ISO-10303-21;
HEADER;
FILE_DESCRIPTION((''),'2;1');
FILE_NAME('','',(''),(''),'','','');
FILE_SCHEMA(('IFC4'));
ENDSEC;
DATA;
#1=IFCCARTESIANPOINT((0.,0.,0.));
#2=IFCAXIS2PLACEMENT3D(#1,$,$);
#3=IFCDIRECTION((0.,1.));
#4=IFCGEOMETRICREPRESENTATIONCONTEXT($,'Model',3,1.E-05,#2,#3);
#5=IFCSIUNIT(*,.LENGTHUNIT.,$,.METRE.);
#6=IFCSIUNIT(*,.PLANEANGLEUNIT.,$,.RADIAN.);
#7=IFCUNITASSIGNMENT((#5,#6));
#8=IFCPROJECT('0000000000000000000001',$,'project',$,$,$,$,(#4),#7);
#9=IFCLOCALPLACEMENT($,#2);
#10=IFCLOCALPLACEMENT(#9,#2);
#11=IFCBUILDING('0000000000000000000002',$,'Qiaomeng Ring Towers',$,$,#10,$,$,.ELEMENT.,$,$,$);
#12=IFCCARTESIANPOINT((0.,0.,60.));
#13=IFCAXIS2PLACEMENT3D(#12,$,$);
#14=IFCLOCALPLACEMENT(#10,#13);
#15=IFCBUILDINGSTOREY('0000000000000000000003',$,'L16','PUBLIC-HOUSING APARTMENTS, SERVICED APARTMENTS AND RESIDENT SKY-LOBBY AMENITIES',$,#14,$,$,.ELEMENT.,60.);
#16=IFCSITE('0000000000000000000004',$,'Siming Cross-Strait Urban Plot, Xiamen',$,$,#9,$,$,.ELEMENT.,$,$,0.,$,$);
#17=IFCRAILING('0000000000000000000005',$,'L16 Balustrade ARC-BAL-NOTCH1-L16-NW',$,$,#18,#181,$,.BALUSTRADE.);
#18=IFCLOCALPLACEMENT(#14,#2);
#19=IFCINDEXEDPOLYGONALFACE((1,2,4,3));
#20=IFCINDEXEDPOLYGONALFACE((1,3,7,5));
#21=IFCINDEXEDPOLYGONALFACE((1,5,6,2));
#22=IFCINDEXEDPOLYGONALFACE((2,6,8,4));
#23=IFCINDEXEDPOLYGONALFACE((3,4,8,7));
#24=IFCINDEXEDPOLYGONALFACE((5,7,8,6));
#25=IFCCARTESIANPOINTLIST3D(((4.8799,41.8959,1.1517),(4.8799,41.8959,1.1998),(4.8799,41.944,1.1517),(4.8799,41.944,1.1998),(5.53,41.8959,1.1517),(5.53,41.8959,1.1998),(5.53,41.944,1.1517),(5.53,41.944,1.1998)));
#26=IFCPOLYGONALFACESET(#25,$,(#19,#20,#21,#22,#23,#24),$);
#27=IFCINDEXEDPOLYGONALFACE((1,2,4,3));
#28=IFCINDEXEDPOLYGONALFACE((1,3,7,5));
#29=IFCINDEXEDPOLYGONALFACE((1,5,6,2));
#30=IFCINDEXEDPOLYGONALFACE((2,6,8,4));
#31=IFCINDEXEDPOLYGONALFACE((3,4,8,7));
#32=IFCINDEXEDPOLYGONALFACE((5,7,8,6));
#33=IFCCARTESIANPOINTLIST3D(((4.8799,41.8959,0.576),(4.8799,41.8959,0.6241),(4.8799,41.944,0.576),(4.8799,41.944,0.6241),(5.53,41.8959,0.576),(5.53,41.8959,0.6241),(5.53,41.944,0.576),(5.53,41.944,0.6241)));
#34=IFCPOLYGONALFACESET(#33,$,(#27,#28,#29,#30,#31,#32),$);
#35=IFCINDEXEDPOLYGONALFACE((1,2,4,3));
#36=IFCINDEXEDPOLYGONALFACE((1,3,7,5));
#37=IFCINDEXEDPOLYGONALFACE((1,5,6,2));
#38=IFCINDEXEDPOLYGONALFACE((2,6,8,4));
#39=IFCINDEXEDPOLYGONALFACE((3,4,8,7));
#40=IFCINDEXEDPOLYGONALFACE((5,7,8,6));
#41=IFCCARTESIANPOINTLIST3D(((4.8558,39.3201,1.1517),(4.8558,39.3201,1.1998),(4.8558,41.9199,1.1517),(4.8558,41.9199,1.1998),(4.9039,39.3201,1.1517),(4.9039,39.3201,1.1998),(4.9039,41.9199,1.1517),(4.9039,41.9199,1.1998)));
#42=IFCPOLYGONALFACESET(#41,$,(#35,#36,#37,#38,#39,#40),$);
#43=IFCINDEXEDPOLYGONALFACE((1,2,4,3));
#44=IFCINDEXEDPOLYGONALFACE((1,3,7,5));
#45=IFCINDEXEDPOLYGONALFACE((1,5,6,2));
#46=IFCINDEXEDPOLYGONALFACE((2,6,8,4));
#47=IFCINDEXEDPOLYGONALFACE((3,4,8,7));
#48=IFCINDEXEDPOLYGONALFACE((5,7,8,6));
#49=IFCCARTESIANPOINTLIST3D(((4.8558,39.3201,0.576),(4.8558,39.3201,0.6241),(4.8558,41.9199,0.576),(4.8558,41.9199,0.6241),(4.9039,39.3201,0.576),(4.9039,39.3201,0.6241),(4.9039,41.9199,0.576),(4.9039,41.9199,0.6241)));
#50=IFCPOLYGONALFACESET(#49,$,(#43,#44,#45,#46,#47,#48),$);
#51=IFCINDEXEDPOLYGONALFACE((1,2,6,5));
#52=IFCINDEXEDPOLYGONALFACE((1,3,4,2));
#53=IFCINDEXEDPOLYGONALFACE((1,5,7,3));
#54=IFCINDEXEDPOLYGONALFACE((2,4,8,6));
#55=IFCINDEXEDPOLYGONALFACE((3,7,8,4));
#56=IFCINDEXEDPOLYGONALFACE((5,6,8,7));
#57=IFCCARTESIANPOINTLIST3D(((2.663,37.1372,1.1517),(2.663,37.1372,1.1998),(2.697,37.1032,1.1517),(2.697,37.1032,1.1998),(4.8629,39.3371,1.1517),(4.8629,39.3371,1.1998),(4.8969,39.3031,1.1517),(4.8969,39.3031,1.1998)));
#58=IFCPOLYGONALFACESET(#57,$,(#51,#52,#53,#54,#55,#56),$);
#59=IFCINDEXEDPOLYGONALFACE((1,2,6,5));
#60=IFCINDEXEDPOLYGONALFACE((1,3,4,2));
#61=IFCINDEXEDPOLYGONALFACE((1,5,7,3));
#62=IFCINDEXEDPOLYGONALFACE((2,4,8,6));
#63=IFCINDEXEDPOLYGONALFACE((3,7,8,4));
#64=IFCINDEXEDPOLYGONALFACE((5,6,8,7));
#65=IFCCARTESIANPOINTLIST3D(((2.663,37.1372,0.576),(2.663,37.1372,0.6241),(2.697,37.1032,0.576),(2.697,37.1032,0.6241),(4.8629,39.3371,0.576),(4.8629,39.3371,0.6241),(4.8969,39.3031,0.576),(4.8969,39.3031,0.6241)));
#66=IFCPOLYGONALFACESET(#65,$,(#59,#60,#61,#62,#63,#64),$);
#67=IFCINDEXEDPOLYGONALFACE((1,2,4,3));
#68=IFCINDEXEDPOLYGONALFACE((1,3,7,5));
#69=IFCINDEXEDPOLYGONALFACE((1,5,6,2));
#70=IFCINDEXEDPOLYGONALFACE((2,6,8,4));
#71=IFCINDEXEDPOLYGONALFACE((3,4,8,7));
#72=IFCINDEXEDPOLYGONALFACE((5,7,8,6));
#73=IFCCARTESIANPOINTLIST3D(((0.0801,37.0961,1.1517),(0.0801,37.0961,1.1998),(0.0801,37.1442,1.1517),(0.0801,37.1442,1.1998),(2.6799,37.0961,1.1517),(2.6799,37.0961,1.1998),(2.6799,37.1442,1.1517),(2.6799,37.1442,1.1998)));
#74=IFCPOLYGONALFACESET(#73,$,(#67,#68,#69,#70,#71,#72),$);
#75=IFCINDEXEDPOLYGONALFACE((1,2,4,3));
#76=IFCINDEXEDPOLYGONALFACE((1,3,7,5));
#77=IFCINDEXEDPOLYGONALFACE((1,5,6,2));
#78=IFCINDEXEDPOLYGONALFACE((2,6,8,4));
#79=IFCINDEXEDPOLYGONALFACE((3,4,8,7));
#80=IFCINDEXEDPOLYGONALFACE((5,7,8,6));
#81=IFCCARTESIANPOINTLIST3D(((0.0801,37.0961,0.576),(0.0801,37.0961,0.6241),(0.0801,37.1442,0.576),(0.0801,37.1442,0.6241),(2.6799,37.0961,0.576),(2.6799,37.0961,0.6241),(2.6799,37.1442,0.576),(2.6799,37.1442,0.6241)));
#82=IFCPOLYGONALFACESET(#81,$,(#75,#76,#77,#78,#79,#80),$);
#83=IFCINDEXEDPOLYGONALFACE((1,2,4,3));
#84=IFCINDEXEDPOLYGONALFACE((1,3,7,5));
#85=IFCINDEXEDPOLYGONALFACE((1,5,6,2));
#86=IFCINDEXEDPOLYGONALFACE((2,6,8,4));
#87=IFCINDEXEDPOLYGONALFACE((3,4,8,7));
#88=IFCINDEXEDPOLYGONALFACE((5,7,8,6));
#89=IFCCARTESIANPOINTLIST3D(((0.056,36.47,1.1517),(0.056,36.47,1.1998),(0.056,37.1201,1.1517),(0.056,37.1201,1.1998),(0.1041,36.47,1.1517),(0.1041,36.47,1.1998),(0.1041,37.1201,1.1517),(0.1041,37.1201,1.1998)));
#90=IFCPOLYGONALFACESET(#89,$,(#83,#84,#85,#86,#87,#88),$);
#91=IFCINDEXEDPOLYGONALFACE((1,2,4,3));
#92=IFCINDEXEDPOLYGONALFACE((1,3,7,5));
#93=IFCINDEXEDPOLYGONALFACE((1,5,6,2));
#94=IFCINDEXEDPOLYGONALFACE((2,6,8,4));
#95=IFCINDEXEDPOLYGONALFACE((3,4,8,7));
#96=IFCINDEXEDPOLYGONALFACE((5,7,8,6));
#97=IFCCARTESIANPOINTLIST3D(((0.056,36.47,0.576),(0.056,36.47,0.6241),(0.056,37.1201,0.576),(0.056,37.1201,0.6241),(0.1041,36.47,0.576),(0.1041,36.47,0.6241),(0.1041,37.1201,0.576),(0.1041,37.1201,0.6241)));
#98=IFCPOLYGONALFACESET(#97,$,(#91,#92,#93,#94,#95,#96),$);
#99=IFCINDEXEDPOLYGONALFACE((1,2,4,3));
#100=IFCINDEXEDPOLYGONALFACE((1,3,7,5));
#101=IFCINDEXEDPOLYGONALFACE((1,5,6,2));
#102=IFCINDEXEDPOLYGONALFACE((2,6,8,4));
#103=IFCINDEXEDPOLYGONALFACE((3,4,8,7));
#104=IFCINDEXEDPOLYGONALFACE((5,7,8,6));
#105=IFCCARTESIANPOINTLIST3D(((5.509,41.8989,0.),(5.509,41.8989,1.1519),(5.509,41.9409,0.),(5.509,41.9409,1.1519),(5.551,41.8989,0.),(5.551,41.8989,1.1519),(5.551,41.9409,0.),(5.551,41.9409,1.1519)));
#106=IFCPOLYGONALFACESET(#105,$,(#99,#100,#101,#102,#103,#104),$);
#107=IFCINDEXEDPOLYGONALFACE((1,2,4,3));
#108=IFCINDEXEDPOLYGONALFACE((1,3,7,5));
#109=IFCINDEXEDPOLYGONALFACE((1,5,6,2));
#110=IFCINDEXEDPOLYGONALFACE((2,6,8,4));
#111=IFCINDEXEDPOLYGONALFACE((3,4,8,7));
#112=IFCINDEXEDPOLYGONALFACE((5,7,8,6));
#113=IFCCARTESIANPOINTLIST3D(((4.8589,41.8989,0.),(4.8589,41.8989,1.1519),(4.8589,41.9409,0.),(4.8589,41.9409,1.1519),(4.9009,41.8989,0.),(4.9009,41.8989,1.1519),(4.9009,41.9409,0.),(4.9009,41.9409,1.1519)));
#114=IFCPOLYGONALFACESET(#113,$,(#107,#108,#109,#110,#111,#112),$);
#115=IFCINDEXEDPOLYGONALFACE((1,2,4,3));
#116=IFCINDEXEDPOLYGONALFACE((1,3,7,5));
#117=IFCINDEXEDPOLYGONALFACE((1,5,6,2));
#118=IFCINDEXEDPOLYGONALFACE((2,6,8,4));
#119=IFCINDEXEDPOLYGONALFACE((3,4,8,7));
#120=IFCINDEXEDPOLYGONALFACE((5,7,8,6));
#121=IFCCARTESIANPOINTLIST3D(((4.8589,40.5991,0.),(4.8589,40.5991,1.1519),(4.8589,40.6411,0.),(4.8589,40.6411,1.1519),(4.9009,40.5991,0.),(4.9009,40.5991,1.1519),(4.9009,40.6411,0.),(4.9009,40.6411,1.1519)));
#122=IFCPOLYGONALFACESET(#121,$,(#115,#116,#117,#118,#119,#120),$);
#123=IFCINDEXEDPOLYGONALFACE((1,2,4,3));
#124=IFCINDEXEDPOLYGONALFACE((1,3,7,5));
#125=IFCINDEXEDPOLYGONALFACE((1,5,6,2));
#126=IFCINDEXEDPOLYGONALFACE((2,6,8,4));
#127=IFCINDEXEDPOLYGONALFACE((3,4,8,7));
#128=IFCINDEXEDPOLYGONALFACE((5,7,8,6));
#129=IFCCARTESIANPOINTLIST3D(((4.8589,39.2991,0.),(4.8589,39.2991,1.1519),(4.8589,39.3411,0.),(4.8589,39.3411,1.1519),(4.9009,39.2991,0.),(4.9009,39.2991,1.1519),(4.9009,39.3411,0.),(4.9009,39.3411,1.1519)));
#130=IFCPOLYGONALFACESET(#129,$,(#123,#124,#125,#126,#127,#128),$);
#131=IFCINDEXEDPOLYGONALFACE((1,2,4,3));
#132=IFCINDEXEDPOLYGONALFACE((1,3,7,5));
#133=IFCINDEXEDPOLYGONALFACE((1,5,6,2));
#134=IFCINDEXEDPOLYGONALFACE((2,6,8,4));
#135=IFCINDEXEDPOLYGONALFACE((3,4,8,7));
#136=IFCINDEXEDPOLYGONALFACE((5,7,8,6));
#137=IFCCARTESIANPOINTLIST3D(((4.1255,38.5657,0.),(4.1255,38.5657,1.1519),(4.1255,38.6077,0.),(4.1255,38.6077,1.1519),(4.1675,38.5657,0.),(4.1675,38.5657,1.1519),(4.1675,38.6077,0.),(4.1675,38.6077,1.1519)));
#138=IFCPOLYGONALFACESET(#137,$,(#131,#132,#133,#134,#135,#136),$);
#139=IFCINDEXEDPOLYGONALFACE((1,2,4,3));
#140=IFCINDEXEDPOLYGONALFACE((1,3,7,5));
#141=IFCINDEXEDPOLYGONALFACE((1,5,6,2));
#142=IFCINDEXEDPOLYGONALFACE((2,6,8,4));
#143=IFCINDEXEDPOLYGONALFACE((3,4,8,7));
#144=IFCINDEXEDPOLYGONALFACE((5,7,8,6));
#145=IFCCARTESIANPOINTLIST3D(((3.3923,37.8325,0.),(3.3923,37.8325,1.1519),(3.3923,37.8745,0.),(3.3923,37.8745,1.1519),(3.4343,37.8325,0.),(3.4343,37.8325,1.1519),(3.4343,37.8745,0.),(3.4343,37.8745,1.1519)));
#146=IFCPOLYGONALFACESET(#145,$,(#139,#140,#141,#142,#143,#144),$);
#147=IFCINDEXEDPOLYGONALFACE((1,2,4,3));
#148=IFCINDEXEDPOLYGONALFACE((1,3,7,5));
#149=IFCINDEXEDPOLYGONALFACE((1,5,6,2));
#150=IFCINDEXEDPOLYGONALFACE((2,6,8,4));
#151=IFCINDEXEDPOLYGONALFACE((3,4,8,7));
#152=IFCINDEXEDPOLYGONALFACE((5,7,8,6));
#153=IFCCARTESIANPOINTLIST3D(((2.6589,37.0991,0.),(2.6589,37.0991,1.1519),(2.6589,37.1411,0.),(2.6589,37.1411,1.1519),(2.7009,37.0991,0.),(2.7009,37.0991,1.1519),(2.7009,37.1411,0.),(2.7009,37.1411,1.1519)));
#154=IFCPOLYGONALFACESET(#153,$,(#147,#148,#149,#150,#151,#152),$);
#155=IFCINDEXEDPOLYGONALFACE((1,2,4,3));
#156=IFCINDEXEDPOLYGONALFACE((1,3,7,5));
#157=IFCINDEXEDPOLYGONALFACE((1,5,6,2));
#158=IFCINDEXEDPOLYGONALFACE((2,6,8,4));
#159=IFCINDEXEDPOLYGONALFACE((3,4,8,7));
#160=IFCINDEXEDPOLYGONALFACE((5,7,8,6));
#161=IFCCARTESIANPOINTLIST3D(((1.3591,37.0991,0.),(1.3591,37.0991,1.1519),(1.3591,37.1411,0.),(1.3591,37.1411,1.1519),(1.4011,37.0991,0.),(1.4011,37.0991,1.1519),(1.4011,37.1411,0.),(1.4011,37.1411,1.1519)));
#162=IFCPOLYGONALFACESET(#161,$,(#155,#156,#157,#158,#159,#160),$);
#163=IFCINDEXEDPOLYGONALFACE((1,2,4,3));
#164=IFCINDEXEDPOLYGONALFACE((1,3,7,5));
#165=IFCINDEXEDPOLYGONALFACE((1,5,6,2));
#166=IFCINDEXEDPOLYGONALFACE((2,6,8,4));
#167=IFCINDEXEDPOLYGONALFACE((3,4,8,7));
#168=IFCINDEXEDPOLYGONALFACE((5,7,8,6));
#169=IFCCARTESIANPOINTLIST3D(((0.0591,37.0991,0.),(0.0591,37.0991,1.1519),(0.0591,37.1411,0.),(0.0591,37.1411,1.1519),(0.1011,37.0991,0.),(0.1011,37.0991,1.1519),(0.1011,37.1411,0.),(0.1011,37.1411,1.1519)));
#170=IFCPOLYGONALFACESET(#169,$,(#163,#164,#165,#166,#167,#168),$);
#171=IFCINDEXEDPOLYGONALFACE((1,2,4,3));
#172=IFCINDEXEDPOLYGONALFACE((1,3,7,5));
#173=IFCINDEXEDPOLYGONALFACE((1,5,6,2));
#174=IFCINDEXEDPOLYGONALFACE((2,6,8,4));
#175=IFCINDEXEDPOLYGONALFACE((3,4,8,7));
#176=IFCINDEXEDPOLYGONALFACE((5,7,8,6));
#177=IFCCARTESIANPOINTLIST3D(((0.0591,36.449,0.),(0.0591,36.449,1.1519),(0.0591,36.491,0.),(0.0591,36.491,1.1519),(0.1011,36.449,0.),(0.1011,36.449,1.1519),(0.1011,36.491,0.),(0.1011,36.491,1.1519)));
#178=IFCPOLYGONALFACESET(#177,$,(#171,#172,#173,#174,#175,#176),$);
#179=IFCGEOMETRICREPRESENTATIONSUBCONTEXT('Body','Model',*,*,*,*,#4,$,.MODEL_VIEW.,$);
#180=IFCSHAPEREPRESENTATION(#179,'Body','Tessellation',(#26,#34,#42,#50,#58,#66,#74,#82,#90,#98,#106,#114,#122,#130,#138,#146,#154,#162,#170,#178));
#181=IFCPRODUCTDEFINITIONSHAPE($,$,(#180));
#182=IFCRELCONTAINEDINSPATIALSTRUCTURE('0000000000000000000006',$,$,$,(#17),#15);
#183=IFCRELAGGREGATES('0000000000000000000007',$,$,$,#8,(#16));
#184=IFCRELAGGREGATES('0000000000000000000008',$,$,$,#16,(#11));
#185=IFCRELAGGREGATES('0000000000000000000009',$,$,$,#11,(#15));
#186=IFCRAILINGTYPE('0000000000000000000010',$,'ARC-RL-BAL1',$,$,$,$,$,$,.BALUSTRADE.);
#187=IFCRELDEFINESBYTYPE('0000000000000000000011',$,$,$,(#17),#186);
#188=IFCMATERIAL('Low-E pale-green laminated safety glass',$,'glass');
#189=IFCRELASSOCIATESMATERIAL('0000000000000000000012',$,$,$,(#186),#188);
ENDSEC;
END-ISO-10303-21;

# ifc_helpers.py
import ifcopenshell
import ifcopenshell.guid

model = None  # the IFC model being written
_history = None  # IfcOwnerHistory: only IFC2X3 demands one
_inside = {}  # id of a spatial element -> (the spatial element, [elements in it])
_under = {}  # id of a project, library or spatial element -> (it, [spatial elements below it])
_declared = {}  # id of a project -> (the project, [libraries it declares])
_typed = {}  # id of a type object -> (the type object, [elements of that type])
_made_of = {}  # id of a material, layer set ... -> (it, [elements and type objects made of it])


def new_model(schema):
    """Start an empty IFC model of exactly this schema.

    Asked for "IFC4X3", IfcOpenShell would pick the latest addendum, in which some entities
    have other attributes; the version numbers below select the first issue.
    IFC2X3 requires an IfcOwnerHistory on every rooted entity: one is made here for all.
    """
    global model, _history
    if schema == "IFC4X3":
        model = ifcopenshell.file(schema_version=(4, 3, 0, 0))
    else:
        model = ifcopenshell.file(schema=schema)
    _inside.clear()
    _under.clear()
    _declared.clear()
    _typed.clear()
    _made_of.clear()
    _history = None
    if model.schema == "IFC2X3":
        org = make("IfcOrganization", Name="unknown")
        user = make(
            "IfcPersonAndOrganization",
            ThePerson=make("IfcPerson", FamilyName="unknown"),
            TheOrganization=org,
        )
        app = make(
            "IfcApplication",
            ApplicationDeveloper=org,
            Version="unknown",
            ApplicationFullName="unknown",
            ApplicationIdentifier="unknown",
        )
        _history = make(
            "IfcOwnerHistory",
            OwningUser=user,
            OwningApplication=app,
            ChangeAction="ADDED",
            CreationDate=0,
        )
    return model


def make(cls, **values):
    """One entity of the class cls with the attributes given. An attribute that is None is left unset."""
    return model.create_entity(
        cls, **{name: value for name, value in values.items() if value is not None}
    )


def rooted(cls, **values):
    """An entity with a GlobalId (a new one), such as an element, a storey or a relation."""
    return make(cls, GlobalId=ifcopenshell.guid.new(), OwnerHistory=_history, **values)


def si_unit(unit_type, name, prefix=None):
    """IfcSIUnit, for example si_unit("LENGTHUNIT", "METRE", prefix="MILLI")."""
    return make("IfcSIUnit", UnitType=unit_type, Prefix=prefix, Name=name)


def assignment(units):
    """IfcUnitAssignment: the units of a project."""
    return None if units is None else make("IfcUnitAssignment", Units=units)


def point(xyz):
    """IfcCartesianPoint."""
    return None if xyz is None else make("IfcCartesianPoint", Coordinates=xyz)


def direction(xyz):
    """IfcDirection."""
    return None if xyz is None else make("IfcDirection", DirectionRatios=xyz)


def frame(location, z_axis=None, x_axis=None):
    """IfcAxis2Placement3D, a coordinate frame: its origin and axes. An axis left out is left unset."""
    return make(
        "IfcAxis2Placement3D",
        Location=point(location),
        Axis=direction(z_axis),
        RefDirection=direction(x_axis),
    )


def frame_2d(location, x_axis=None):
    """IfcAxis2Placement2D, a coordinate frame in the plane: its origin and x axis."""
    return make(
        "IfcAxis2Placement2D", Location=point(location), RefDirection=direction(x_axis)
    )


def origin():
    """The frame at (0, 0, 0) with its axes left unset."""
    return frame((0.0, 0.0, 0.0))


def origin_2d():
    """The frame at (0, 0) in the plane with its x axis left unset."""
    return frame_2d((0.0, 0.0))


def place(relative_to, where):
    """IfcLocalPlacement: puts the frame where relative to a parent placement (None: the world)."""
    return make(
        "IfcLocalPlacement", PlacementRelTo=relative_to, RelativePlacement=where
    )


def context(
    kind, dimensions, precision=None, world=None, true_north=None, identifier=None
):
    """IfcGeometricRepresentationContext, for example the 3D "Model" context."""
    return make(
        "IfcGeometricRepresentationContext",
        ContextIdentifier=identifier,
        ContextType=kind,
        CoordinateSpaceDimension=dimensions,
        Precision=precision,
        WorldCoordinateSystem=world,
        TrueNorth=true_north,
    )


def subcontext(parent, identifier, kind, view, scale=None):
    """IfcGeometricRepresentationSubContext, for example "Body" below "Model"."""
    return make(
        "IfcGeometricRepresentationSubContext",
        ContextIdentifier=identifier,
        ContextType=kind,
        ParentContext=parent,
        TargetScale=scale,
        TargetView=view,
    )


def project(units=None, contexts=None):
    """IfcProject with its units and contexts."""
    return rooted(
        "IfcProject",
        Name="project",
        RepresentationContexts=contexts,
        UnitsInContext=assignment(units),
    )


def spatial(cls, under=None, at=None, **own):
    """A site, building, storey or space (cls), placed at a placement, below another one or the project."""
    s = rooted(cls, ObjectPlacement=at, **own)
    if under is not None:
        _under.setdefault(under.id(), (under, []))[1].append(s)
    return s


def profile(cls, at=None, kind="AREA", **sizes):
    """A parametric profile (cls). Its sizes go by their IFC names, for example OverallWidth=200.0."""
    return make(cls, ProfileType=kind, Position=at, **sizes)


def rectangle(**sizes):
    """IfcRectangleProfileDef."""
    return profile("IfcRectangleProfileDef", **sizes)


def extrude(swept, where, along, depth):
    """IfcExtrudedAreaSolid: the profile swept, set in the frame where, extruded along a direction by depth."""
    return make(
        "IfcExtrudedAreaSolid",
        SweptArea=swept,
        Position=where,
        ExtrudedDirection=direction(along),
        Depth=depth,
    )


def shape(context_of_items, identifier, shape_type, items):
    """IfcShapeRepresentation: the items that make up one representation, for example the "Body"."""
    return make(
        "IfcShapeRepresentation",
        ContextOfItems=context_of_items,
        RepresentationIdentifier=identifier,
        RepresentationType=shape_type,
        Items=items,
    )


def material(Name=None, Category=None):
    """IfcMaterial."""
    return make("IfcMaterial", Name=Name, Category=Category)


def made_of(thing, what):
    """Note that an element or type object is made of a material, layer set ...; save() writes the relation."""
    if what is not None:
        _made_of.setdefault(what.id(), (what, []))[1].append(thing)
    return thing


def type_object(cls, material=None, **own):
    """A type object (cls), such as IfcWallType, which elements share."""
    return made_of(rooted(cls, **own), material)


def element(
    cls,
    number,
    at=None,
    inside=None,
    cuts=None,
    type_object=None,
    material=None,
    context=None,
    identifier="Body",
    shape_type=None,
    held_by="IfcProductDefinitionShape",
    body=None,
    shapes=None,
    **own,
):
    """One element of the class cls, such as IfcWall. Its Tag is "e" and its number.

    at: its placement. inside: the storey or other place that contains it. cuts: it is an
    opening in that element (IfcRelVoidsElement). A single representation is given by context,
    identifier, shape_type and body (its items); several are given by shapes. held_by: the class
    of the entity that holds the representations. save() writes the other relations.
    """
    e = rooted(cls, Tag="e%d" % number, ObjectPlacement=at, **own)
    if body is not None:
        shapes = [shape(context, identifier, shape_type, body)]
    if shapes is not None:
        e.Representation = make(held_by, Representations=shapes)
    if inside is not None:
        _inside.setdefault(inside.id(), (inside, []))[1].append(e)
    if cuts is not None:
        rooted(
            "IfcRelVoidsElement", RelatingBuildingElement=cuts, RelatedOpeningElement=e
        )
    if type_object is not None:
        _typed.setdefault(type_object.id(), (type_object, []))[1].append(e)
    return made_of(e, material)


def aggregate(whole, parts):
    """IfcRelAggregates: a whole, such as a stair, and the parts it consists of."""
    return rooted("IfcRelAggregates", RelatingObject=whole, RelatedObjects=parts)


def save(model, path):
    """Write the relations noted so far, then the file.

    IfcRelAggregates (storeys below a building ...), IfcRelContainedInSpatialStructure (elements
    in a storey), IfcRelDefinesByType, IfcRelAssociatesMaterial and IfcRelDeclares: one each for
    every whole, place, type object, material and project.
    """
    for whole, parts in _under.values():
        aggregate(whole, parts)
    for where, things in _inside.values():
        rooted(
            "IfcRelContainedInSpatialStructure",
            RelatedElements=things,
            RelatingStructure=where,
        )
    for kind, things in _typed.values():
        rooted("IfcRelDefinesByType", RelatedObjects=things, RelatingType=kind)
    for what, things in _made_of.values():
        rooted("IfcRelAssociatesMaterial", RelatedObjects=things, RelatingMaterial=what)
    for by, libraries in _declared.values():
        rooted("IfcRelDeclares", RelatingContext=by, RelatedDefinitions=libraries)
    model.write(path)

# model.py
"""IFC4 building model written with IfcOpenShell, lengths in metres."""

from ifc_helpers import new_model, si_unit, direction, frame, origin, origin_2d, place, context, subcontext, project, spatial, rectangle, extrude, material, type_object, element, save


model = new_model("IFC4")

# Units and contexts
model_context = context("Model", 3, precision=1e-05, world=origin(), true_north=direction((0.0, 1.0)))
body_context = subcontext(model_context, "Body", "Model", "MODEL_VIEW")
ifc_project = project(units=[si_unit("LENGTHUNIT", "METRE"), si_unit("PLANEANGLEUNIT", "RADIAN")], contexts=[model_context])

# Site, building, storey
site_placement = place(None, origin())
site = spatial("IfcSite", under=ifc_project, at=site_placement, Name="Siming Cross-Strait Urban Plot, Xiamen", CompositionType="ELEMENT", RefElevation=0.0)
building_placement = place(site_placement, origin())
building = spatial("IfcBuilding", under=site, at=building_placement, Name="Qiaomeng Ring Towers", CompositionType="ELEMENT")
storey_placement = place(building_placement, frame((0.0, 0.0, 60.0)))
storey = spatial("IfcBuildingStorey", under=building, at=storey_placement, Name="L16", Description="PUBLIC-HOUSING APARTMENTS, SERVICED APARTMENTS AND RESIDENT SKY-LOBBY AMENITIES", CompositionType="ELEMENT", Elevation=60.0)

# Railing
ifc_material_1 = material(Name="Low-E pale-green laminated safety glass", Category="glass")
railing_type = type_object("IfcRailingType", Name="ARC-RL-BAL1", PredefinedType="BALUSTRADE", material=ifc_material_1)
railing_placement = place(storey_placement, frame((5.53, 41.9199, 0.0)))
element("IfcRailing", 1, at=railing_placement, inside=storey, type_object=railing_type, Name="L16 Balustrade ARC-BAL-NOTCH1-L16-NW", PredefinedType="BALUSTRADE", context=body_context, shape_type="SweptSolid", body=[
    extrude(rectangle(XDim=0.0481, YDim=0.0481, at=origin_2d()), frame((0.0, 0.0, 1.1758), z_axis=(-1.0, 0.0, 0.0), x_axis=(0.0, -1.0, 0.0)), (0.0, 0.0, 1.0), 0.6501),
    extrude(rectangle(XDim=0.0481, YDim=0.0481, at=origin_2d()), frame((0.0, 0.0, 0.6001), z_axis=(-1.0, 0.0, 0.0), x_axis=(0.0, -1.0, 0.0)), (0.0, 0.0, 1.0), 0.6501),
    extrude(rectangle(XDim=0.0481, YDim=0.0481, at=origin_2d()), frame((-0.6501, 0.0, 1.1758), z_axis=(0.0, -1.0, 0.0), x_axis=(1.0, 0.0, 0.0)), (0.0, 0.0, 1.0), 2.5999),
    extrude(rectangle(XDim=0.0481, YDim=0.0481, at=origin_2d()), frame((-0.6501, 0.0, 0.6001), z_axis=(0.0, -1.0, 0.0), x_axis=(1.0, 0.0, 0.0)), (0.0, 0.0, 1.0), 2.5999),
    extrude(rectangle(XDim=0.0481, YDim=0.0481, at=origin_2d()), frame((-0.6501, -2.5999, 1.1758), z_axis=(-0.707107, -0.707107, 0.0), x_axis=(0.707107, -0.707107, 0.0)), (0.0, 0.0, 1.0), 3.1111),
    extrude(rectangle(XDim=0.0481, YDim=0.0481, at=origin_2d()), frame((-0.6501, -2.5999, 0.6001), z_axis=(-0.707107, -0.707107, 0.0), x_axis=(0.707107, -0.707107, 0.0)), (0.0, 0.0, 1.0), 3.1111),
    extrude(rectangle(XDim=0.0481, YDim=0.0481, at=origin_2d()), frame((-2.8501, -4.7998, 1.1758), z_axis=(-1.0, 0.0, 0.0), x_axis=(0.0, -1.0, 0.0)), (0.0, 0.0, 1.0), 2.5999),
    extrude(rectangle(XDim=0.0481, YDim=0.0481, at=origin_2d()), frame((-2.8501, -4.7998, 0.6001), z_axis=(-1.0, 0.0, 0.0), x_axis=(0.0, -1.0, 0.0)), (0.0, 0.0, 1.0), 2.5999),
    extrude(rectangle(XDim=0.0481, YDim=0.0481, at=origin_2d()), frame((-5.45, -4.7998, 1.1758), z_axis=(0.0, -1.0, 0.0), x_axis=(1.0, 0.0, 0.0)), (0.0, 0.0, 1.0), 0.6501),
    extrude(rectangle(XDim=0.0481, YDim=0.0481, at=origin_2d()), frame((-5.45, -4.7998, 0.6001), z_axis=(0.0, -1.0, 0.0), x_axis=(1.0, 0.0, 0.0)), (0.0, 0.0, 1.0), 0.6501),
    extrude(rectangle(XDim=0.042, YDim=0.042, at=origin_2d()), origin(), (0.0, 0.0, 1.0), 1.1519),
    extrude(rectangle(XDim=0.042, YDim=0.042, at=origin_2d()), frame((-0.6501, 0.0, 0.0)), (0.0, 0.0, 1.0), 1.1519),
    extrude(rectangle(XDim=0.042, YDim=0.042, at=origin_2d()), frame((-0.6501, -1.2998, 0.0)), (0.0, 0.0, 1.0), 1.1519),
    extrude(rectangle(XDim=0.042, YDim=0.042, at=origin_2d()), frame((-0.6501, -2.5999, 0.0)), (0.0, 0.0, 1.0), 1.1519),
    extrude(rectangle(XDim=0.042, YDim=0.042, at=origin_2d()), frame((-1.3835, -3.3333, 0.0)), (0.0, 0.0, 1.0), 1.1519),
    extrude(rectangle(XDim=0.042, YDim=0.042, at=origin_2d()), frame((-2.1167, -4.0664, 0.0)), (0.0, 0.0, 1.0), 1.1519),
    extrude(rectangle(XDim=0.042, YDim=0.042, at=origin_2d()), frame((-2.8501, -4.7998, 0.0)), (0.0, 0.0, 1.0), 1.1519),
    extrude(rectangle(XDim=0.042, YDim=0.042, at=origin_2d()), frame((-4.1499, -4.7998, 0.0)), (0.0, 0.0, 1.0), 1.1519),
    extrude(rectangle(XDim=0.042, YDim=0.042, at=origin_2d()), frame((-5.45, -4.7998, 0.0)), (0.0, 0.0, 1.0), 1.1519),
    extrude(rectangle(XDim=0.042, YDim=0.042, at=origin_2d()), frame((-5.45, -5.45, 0.0)), (0.0, 0.0, 1.0), 1.1519),
])

save(model, "model.ifc")
